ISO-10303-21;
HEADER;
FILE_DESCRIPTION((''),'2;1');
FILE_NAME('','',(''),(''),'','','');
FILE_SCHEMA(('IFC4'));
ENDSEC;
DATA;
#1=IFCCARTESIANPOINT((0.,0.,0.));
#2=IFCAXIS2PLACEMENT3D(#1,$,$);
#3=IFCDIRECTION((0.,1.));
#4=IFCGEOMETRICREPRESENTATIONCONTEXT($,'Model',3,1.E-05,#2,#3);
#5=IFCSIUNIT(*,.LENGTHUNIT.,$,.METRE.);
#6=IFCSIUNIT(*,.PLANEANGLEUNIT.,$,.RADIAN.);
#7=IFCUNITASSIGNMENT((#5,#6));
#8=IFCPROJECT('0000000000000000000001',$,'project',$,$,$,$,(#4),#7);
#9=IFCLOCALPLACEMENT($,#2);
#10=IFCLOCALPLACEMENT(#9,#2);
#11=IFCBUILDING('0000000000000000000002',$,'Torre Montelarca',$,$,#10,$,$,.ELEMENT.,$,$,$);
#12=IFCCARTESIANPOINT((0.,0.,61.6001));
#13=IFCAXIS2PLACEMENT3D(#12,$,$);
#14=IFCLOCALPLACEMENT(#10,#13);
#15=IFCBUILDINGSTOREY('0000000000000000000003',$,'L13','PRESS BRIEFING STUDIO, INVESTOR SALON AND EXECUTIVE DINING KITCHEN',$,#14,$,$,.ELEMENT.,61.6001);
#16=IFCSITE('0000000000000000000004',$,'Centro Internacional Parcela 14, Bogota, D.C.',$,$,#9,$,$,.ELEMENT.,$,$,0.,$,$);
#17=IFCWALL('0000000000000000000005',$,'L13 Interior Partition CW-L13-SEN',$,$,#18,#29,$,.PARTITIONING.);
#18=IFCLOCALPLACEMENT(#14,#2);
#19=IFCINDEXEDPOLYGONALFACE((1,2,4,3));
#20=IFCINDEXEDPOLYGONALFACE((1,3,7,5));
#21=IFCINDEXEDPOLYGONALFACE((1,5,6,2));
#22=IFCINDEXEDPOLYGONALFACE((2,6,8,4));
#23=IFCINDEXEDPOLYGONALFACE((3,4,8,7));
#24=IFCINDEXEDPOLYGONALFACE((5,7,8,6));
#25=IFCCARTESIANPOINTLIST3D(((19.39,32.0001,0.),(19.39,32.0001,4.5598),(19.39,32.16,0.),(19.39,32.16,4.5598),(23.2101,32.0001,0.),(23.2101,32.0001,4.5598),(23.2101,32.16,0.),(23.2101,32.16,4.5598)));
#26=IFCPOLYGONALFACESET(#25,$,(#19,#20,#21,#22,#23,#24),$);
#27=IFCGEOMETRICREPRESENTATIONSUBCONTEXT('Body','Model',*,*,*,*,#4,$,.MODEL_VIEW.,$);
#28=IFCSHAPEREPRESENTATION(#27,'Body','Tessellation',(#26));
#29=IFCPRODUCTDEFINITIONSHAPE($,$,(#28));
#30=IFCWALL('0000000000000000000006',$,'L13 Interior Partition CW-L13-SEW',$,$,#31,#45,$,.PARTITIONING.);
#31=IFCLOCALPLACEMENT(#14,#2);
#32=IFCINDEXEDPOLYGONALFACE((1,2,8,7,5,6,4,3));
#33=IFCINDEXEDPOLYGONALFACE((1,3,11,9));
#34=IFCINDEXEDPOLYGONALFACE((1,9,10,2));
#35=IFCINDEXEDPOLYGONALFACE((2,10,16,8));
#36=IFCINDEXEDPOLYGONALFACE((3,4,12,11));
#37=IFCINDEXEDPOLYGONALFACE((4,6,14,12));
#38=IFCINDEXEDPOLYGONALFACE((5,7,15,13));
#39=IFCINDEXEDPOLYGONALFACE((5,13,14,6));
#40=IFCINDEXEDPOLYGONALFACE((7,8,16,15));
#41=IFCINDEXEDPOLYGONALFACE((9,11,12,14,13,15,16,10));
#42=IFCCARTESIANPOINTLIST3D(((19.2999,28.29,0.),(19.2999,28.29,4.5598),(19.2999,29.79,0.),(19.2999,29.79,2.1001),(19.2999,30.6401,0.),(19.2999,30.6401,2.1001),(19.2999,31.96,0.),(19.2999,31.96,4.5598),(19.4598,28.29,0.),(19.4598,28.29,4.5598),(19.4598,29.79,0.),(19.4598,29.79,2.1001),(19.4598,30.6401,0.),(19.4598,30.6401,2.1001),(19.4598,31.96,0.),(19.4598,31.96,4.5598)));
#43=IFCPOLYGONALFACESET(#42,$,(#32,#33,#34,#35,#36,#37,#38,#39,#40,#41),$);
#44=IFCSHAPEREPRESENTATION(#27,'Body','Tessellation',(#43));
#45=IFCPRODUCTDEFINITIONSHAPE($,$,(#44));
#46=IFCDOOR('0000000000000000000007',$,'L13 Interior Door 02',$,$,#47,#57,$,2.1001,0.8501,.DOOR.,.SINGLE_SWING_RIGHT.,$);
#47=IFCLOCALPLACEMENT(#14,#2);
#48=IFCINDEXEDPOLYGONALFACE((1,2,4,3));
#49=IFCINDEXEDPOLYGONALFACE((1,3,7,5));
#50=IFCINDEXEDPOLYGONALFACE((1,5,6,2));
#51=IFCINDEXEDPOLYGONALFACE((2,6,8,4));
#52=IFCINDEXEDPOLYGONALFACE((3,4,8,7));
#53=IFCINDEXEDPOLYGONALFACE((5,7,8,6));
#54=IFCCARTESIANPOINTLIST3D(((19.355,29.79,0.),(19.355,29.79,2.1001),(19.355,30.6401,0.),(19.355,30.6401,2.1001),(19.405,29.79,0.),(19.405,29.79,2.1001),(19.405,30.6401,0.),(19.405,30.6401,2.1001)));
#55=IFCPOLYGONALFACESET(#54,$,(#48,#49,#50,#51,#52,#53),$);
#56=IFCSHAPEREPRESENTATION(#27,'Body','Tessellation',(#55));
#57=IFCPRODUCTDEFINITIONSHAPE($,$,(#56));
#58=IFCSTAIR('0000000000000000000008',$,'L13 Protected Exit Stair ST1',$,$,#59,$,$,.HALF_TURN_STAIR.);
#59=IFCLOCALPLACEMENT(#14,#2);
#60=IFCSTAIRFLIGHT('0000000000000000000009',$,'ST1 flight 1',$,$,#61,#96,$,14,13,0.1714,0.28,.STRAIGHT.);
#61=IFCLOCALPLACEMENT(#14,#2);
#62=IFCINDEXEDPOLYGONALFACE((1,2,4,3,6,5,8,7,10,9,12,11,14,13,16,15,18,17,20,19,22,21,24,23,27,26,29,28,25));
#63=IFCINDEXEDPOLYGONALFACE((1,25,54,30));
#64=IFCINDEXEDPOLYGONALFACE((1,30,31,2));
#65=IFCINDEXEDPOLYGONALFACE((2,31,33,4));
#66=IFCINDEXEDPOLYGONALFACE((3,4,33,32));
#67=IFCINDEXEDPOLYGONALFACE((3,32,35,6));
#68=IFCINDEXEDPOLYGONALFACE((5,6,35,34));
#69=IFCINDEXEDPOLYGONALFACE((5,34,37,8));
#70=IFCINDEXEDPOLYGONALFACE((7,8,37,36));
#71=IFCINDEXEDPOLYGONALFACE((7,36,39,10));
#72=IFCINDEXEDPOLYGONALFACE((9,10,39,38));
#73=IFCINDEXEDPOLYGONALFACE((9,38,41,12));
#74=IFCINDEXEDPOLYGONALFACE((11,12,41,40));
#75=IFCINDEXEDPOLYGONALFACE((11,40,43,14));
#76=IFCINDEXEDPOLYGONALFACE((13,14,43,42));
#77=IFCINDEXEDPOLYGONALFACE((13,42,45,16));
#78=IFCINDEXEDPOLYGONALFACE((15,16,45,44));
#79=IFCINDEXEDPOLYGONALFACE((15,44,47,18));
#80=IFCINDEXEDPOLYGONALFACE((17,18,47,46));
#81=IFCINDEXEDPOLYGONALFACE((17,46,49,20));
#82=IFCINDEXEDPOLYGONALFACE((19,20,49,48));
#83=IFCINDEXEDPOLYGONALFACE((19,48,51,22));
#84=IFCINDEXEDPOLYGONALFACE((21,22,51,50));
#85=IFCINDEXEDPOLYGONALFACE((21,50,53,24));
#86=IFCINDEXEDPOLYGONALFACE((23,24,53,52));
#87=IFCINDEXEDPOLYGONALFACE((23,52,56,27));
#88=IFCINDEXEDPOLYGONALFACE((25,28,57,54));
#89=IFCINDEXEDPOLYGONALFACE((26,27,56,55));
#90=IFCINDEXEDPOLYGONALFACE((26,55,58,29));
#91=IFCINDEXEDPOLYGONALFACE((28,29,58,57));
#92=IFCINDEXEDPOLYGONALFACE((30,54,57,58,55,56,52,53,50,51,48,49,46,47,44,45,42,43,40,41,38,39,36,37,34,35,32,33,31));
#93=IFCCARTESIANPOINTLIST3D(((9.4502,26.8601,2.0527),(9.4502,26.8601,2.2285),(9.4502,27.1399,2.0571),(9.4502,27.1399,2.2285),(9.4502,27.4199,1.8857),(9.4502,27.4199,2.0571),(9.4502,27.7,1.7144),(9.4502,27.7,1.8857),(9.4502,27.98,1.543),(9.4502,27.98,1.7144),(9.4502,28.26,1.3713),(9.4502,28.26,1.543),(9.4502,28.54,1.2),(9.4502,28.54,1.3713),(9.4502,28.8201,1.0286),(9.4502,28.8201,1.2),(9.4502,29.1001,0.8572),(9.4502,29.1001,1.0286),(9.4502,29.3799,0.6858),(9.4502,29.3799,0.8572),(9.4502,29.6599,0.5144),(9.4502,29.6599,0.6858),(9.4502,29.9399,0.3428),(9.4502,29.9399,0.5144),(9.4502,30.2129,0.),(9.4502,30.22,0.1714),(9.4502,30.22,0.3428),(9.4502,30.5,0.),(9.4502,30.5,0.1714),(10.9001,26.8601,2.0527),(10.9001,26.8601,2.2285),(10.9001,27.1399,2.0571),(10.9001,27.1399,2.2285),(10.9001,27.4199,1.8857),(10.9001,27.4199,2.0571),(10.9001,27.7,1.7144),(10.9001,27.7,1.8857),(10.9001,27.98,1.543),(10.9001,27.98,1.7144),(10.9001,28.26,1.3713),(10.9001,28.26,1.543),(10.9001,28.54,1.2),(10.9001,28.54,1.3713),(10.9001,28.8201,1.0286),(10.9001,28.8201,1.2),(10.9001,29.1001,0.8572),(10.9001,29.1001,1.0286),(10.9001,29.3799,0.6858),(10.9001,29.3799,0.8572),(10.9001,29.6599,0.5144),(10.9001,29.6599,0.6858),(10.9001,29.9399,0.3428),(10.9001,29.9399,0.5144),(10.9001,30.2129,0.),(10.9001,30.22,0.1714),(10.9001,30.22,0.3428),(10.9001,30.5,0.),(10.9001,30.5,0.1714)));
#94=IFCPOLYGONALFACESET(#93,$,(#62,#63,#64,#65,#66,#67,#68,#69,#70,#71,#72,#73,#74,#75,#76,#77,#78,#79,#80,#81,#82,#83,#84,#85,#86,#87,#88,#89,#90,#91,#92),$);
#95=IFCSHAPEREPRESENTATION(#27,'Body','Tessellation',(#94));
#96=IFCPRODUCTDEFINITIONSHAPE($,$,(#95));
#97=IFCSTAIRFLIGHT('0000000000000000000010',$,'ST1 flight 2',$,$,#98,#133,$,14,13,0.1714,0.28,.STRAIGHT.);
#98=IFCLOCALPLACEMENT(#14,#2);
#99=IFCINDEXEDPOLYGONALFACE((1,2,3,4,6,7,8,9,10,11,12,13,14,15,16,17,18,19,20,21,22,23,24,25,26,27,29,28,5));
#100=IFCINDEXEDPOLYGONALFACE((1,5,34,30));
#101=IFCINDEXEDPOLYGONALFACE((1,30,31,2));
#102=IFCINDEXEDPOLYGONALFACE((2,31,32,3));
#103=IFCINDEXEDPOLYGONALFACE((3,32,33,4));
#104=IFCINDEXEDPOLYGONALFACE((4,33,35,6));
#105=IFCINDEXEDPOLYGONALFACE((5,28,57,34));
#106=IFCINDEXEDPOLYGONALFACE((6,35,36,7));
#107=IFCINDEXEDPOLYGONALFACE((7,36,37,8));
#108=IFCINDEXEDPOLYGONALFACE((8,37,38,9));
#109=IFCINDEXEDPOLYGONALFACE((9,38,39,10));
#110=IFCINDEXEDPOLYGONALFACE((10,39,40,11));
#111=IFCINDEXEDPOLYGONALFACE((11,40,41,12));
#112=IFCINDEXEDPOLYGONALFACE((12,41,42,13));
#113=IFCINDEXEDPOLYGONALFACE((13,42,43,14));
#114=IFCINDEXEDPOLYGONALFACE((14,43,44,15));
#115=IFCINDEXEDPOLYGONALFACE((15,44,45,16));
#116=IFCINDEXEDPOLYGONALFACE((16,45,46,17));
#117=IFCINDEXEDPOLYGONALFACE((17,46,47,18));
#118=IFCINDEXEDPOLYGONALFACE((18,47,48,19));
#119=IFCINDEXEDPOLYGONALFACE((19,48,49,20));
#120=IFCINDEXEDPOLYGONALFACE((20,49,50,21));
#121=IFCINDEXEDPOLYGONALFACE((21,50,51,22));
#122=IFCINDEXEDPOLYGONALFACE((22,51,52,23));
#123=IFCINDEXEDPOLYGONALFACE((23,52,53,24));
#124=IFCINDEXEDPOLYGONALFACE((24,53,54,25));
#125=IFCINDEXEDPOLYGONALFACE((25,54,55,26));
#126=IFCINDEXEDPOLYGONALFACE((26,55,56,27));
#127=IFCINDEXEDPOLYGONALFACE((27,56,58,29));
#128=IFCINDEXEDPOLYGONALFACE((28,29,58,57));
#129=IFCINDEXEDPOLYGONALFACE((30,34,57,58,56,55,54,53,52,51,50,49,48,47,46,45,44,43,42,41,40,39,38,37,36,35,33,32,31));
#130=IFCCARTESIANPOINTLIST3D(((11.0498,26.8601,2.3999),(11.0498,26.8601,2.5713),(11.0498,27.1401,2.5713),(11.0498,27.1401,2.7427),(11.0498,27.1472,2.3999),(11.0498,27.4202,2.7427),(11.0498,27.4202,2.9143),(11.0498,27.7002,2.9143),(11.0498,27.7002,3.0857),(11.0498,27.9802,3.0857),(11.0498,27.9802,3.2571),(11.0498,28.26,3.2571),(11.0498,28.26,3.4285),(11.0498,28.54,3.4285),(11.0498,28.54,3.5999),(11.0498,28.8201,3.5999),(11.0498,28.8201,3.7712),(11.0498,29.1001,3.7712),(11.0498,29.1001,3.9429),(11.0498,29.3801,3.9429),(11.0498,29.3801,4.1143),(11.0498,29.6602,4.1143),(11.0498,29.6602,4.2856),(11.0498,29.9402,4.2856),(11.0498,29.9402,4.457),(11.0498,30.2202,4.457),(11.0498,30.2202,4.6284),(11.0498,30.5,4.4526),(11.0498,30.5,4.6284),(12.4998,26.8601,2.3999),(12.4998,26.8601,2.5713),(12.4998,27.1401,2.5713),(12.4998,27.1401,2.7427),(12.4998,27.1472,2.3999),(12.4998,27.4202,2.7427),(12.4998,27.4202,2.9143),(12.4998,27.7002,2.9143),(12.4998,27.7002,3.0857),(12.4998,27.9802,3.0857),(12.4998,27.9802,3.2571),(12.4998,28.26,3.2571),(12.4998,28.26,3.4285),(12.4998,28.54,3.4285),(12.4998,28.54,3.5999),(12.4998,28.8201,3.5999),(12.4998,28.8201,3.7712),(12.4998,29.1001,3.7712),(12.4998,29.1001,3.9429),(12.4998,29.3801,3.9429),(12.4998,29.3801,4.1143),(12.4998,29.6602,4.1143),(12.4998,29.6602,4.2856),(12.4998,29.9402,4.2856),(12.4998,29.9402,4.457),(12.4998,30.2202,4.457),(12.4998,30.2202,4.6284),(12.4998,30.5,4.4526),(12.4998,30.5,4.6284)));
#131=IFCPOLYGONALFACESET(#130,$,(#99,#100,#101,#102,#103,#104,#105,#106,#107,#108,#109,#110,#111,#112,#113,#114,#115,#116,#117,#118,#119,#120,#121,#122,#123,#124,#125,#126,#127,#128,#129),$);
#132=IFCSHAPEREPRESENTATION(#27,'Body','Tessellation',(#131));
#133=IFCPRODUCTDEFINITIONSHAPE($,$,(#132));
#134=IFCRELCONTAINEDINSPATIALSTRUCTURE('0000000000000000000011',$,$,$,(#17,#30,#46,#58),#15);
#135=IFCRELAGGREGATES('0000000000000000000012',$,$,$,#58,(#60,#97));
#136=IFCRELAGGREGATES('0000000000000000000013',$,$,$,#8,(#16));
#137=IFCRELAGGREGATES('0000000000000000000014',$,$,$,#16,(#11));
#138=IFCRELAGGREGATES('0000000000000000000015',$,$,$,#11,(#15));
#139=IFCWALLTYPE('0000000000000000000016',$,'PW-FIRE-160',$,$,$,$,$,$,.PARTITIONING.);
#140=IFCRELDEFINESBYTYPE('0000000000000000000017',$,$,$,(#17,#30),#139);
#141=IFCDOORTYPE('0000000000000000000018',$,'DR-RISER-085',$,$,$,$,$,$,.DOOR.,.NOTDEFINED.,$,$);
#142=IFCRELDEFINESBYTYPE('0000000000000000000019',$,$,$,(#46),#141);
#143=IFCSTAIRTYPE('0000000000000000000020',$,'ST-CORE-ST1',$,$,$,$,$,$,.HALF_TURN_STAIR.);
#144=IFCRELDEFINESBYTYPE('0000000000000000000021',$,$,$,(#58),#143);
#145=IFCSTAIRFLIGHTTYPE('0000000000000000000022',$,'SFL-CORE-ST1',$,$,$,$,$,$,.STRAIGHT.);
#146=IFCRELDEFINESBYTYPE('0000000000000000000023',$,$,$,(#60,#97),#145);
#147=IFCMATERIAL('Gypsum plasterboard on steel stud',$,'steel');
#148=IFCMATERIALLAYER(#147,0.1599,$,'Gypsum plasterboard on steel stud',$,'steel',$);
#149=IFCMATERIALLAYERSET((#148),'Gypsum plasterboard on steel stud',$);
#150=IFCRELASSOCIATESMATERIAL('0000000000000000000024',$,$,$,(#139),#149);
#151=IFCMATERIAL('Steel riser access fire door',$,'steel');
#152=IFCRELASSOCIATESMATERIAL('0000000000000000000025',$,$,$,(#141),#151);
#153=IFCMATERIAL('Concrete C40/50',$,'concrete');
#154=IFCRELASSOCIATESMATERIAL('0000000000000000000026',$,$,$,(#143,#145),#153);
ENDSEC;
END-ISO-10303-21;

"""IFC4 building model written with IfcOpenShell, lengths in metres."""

from ifc_helpers import new_model, si_unit, direction, frame, frame_2d, origin, place, context, subcontext, project, spatial, polyline, rectangle, outline, extrude, source, transform, mapped, material, layer, layer_set, type_object, element, fill, aggregate, save


model = new_model("IFC4")

# Units and contexts
model_context = context("Model", 3, precision=1e-05, world=origin(), true_north=direction((0.0, 1.0)))
body_context = subcontext(model_context, "Body", "Model", "MODEL_VIEW")
ifc_project = project(units=[si_unit("LENGTHUNIT", "METRE"), si_unit("PLANEANGLEUNIT", "RADIAN")], contexts=[model_context])

# Site, building, storey
site_placement = place(None, origin())
site = spatial("IfcSite", under=ifc_project, at=site_placement, Name="Centro Internacional Parcela 14, Bogota, D.C.", CompositionType="ELEMENT", RefElevation=0.0)
building_placement = place(site_placement, origin())
building = spatial("IfcBuilding", under=site, at=building_placement, Name="Torre Montelarca", CompositionType="ELEMENT")
storey_placement = place(building_placement, frame((0.0, 0.0, 61.6001)))
storey = spatial("IfcBuildingStorey", under=building, at=storey_placement, Name="L13", Description="PRESS BRIEFING STUDIO, INVESTOR SALON AND EXECUTIVE DINING KITCHEN", CompositionType="ELEMENT", Elevation=61.6001)

# Shared definitions
ifc_material_1 = material(Name="Concrete C40/50", Category="concrete")

# Shared definitions
ifc_material_2 = material(Name="Gypsum plasterboard on steel stud", Category="steel")
ifc_layer_1 = layer(ifc_material_2, 0.1599, Name="Gypsum plasterboard on steel stud", Category="steel")
ifc_layer_set_1 = layer_set([ifc_layer_1], Name="Gypsum plasterboard on steel stud")
wall_type_1 = type_object("IfcWallType", Name="PW-FIRE-160", PredefinedType="PARTITIONING", material=ifc_layer_set_1)

# Wall
wall_1_placement = place(storey_placement, frame((19.3899, 32.0801, 0.0), z_axis=(0.0, 0.0, 1.0), x_axis=(1.0, 0.0, 0.0)))
element("IfcWall", 1, at=wall_1_placement, inside=storey, type_object=wall_type_1, Name="L13 Interior Partition CW-L13-SEN", PredefinedType="PARTITIONING", context=body_context, shape_type="SweptSolid", body=[
    extrude(rectangle(XDim=3.8201, YDim=0.1599, at=frame_2d((1.9102, 0.0))), origin(), (0.0, 0.0, 1.0), 4.5598),
])

# Wall, opening, door
wall_2_placement = place(storey_placement, frame((19.3799, 28.29, 0.0), z_axis=(0.0, 0.0, 1.0), x_axis=(0.0, 1.0, 0.0)))
wall_2 = element("IfcWall", 2, at=wall_2_placement, inside=storey, type_object=wall_type_1, Name="L13 Interior Partition CW-L13-SEW", PredefinedType="PARTITIONING", context=body_context, shape_type="SweptSolid", body=[
    extrude(rectangle(XDim=3.6699, YDim=0.1599, at=frame_2d((1.835, 0.0))), origin(), (0.0, 0.0, 1.0), 4.5598),
])
opening_1_placement = place(wall_2_placement, frame((1.5, 0.0, 0.0)))
opening_1 = element("IfcOpeningElement", 3, at=opening_1_placement, cuts=wall_2, PredefinedType="OPENING", context=body_context, shape_type="SweptSolid", body=[
    extrude(rectangle(XDim=0.8501, YDim=2.1001, at=frame_2d((0.425, 1.05))), frame((0.0, 0.0898, 0.0), z_axis=(0.0, -1.0, 0.0), x_axis=(1.0, 0.0, 0.0)), (0.0, 0.0, 1.0), 0.1799),
])
ifc_material_3 = material(Name="Steel riser access fire door", Category="steel")
door_type_1 = type_object("IfcDoorType", Name="DR-RISER-085", OperationType="NOTDEFINED", PredefinedType="DOOR", material=ifc_material_3)
shared_shape_1 = source(origin(), body_context, "Body", "SweptSolid", [
    extrude(rectangle(XDim=0.8501, YDim=2.1001, at=frame_2d((0.425, 1.05))), frame((0.0, 0.0249, 0.0), z_axis=(0.0, -1.0, 0.0), x_axis=(1.0, 0.0, 0.0)), (0.0, 0.0, 1.0), 0.05),
])
door_1_placement = place(opening_1_placement, origin())
door_1 = element("IfcDoor", 4, at=door_1_placement, inside=storey, type_object=door_type_1, Name="L13 Interior Door 02", OperationType="SINGLE_SWING_RIGHT", OverallHeight=2.1001, OverallWidth=0.8501, PredefinedType="DOOR", context=body_context, shape_type="MappedRepresentation", body=[
    mapped(shared_shape_1, transform((0.0, 0.0, 0.0), scale=1.0)),
])
fill(opening_1, door_1)

# Stair, stair flights
stair_type = type_object("IfcStairType", Name="ST-CORE-ST1", PredefinedType="HALF_TURN_STAIR", material=ifc_material_1)
stair_placement = place(storey_placement, origin())
stair = element("IfcStair", 5, at=stair_placement, inside=storey, type_object=stair_type, Name="L13 Protected Exit Stair ST1", PredefinedType="HALF_TURN_STAIR")
stair_flight_type = type_object("IfcStairFlightType", Name="SFL-CORE-ST1", PredefinedType="STRAIGHT", material=ifc_material_1)
stair_flight_1_placement = place(storey_placement, frame((10.175, 30.5, 0.0), z_axis=(0.0, 0.0, 1.0), x_axis=(0.0, -1.0, 0.0)))
stair_flight_1 = element("IfcStairFlight", 6, at=stair_flight_1_placement, type_object=stair_flight_type, Name="ST1 flight 1", NumberOfRisers=14, NumberOfTreads=13, PredefinedType="STRAIGHT", RiserHeight=0.1714, TreadLength=0.28, context=body_context, shape_type="SweptSolid", body=[
    extrude(outline(polyline([(0.0, 0.0), (0.0, 0.1714), (0.28, 0.1714), (0.28, 0.3428), (0.5601, 0.3428), (0.5601, 0.5144), (0.8401, 0.5144), (0.8401, 0.6858), (1.1201, 0.6858), (1.1201, 0.8572), (1.3999, 0.8572), (1.3999, 1.0286), (1.6799, 1.0286), (1.6799, 1.2), (1.96, 1.2), (1.96, 1.3713), (2.24, 1.3713), (2.24, 1.543), (2.52, 1.543), (2.52, 1.7144), (2.8, 1.7144), (2.8, 1.8857), (3.0801, 1.8857), (3.0801, 2.0571), (3.3601, 2.0571), (3.3601, 2.2285), (3.6399, 2.2285), (3.6399, 2.3999), (3.6399, 2.0527), (0.2871, 0.0), (0.0, 0.0)])), frame((0.0, 0.7251, 0.0), z_axis=(0.0, -1.0, 0.0), x_axis=(1.0, 0.0, 0.0)), (0.0, 0.0, 1.0), 1.45),
])
stair_flight_2_placement = place(storey_placement, frame((11.7749, 26.8601, 2.3999), z_axis=(0.0, 0.0, 1.0), x_axis=(0.0, 1.0, 0.0)))
stair_flight_2 = element("IfcStairFlight", 7, at=stair_flight_2_placement, type_object=stair_flight_type, Name="ST1 flight 2", NumberOfRisers=14, NumberOfTreads=13, PredefinedType="STRAIGHT", RiserHeight=0.1714, TreadLength=0.28, context=body_context, shape_type="SweptSolid", body=[
    extrude(outline(polyline([(0.0, 0.0), (0.0, 0.1714), (0.28, 0.1714), (0.28, 0.3428), (0.5601, 0.3428), (0.5601, 0.5144), (0.8401, 0.5144), (0.8401, 0.6858), (1.1201, 0.6858), (1.1201, 0.8572), (1.3999, 0.8572), (1.3999, 1.0286), (1.6799, 1.0286), (1.6799, 1.2), (1.96, 1.2), (1.96, 1.3713), (2.24, 1.3713), (2.24, 1.543), (2.52, 1.543), (2.52, 1.7144), (2.8, 1.7144), (2.8, 1.8857), (3.0801, 1.8857), (3.0801, 2.0571), (3.3601, 2.0571), (3.3601, 2.2285), (3.6399, 2.2285), (3.6399, 2.3999), (3.6399, 2.0527), (0.2871, 0.0), (0.0, 0.0)])), frame((0.0, 0.7251, 0.0), z_axis=(0.0, -1.0, 0.0), x_axis=(1.0, 0.0, 0.0)), (0.0, 0.0, 1.0), 1.45),
])
aggregate(stair, [stair_flight_1, stair_flight_2])

save(model, "model.ifc")
